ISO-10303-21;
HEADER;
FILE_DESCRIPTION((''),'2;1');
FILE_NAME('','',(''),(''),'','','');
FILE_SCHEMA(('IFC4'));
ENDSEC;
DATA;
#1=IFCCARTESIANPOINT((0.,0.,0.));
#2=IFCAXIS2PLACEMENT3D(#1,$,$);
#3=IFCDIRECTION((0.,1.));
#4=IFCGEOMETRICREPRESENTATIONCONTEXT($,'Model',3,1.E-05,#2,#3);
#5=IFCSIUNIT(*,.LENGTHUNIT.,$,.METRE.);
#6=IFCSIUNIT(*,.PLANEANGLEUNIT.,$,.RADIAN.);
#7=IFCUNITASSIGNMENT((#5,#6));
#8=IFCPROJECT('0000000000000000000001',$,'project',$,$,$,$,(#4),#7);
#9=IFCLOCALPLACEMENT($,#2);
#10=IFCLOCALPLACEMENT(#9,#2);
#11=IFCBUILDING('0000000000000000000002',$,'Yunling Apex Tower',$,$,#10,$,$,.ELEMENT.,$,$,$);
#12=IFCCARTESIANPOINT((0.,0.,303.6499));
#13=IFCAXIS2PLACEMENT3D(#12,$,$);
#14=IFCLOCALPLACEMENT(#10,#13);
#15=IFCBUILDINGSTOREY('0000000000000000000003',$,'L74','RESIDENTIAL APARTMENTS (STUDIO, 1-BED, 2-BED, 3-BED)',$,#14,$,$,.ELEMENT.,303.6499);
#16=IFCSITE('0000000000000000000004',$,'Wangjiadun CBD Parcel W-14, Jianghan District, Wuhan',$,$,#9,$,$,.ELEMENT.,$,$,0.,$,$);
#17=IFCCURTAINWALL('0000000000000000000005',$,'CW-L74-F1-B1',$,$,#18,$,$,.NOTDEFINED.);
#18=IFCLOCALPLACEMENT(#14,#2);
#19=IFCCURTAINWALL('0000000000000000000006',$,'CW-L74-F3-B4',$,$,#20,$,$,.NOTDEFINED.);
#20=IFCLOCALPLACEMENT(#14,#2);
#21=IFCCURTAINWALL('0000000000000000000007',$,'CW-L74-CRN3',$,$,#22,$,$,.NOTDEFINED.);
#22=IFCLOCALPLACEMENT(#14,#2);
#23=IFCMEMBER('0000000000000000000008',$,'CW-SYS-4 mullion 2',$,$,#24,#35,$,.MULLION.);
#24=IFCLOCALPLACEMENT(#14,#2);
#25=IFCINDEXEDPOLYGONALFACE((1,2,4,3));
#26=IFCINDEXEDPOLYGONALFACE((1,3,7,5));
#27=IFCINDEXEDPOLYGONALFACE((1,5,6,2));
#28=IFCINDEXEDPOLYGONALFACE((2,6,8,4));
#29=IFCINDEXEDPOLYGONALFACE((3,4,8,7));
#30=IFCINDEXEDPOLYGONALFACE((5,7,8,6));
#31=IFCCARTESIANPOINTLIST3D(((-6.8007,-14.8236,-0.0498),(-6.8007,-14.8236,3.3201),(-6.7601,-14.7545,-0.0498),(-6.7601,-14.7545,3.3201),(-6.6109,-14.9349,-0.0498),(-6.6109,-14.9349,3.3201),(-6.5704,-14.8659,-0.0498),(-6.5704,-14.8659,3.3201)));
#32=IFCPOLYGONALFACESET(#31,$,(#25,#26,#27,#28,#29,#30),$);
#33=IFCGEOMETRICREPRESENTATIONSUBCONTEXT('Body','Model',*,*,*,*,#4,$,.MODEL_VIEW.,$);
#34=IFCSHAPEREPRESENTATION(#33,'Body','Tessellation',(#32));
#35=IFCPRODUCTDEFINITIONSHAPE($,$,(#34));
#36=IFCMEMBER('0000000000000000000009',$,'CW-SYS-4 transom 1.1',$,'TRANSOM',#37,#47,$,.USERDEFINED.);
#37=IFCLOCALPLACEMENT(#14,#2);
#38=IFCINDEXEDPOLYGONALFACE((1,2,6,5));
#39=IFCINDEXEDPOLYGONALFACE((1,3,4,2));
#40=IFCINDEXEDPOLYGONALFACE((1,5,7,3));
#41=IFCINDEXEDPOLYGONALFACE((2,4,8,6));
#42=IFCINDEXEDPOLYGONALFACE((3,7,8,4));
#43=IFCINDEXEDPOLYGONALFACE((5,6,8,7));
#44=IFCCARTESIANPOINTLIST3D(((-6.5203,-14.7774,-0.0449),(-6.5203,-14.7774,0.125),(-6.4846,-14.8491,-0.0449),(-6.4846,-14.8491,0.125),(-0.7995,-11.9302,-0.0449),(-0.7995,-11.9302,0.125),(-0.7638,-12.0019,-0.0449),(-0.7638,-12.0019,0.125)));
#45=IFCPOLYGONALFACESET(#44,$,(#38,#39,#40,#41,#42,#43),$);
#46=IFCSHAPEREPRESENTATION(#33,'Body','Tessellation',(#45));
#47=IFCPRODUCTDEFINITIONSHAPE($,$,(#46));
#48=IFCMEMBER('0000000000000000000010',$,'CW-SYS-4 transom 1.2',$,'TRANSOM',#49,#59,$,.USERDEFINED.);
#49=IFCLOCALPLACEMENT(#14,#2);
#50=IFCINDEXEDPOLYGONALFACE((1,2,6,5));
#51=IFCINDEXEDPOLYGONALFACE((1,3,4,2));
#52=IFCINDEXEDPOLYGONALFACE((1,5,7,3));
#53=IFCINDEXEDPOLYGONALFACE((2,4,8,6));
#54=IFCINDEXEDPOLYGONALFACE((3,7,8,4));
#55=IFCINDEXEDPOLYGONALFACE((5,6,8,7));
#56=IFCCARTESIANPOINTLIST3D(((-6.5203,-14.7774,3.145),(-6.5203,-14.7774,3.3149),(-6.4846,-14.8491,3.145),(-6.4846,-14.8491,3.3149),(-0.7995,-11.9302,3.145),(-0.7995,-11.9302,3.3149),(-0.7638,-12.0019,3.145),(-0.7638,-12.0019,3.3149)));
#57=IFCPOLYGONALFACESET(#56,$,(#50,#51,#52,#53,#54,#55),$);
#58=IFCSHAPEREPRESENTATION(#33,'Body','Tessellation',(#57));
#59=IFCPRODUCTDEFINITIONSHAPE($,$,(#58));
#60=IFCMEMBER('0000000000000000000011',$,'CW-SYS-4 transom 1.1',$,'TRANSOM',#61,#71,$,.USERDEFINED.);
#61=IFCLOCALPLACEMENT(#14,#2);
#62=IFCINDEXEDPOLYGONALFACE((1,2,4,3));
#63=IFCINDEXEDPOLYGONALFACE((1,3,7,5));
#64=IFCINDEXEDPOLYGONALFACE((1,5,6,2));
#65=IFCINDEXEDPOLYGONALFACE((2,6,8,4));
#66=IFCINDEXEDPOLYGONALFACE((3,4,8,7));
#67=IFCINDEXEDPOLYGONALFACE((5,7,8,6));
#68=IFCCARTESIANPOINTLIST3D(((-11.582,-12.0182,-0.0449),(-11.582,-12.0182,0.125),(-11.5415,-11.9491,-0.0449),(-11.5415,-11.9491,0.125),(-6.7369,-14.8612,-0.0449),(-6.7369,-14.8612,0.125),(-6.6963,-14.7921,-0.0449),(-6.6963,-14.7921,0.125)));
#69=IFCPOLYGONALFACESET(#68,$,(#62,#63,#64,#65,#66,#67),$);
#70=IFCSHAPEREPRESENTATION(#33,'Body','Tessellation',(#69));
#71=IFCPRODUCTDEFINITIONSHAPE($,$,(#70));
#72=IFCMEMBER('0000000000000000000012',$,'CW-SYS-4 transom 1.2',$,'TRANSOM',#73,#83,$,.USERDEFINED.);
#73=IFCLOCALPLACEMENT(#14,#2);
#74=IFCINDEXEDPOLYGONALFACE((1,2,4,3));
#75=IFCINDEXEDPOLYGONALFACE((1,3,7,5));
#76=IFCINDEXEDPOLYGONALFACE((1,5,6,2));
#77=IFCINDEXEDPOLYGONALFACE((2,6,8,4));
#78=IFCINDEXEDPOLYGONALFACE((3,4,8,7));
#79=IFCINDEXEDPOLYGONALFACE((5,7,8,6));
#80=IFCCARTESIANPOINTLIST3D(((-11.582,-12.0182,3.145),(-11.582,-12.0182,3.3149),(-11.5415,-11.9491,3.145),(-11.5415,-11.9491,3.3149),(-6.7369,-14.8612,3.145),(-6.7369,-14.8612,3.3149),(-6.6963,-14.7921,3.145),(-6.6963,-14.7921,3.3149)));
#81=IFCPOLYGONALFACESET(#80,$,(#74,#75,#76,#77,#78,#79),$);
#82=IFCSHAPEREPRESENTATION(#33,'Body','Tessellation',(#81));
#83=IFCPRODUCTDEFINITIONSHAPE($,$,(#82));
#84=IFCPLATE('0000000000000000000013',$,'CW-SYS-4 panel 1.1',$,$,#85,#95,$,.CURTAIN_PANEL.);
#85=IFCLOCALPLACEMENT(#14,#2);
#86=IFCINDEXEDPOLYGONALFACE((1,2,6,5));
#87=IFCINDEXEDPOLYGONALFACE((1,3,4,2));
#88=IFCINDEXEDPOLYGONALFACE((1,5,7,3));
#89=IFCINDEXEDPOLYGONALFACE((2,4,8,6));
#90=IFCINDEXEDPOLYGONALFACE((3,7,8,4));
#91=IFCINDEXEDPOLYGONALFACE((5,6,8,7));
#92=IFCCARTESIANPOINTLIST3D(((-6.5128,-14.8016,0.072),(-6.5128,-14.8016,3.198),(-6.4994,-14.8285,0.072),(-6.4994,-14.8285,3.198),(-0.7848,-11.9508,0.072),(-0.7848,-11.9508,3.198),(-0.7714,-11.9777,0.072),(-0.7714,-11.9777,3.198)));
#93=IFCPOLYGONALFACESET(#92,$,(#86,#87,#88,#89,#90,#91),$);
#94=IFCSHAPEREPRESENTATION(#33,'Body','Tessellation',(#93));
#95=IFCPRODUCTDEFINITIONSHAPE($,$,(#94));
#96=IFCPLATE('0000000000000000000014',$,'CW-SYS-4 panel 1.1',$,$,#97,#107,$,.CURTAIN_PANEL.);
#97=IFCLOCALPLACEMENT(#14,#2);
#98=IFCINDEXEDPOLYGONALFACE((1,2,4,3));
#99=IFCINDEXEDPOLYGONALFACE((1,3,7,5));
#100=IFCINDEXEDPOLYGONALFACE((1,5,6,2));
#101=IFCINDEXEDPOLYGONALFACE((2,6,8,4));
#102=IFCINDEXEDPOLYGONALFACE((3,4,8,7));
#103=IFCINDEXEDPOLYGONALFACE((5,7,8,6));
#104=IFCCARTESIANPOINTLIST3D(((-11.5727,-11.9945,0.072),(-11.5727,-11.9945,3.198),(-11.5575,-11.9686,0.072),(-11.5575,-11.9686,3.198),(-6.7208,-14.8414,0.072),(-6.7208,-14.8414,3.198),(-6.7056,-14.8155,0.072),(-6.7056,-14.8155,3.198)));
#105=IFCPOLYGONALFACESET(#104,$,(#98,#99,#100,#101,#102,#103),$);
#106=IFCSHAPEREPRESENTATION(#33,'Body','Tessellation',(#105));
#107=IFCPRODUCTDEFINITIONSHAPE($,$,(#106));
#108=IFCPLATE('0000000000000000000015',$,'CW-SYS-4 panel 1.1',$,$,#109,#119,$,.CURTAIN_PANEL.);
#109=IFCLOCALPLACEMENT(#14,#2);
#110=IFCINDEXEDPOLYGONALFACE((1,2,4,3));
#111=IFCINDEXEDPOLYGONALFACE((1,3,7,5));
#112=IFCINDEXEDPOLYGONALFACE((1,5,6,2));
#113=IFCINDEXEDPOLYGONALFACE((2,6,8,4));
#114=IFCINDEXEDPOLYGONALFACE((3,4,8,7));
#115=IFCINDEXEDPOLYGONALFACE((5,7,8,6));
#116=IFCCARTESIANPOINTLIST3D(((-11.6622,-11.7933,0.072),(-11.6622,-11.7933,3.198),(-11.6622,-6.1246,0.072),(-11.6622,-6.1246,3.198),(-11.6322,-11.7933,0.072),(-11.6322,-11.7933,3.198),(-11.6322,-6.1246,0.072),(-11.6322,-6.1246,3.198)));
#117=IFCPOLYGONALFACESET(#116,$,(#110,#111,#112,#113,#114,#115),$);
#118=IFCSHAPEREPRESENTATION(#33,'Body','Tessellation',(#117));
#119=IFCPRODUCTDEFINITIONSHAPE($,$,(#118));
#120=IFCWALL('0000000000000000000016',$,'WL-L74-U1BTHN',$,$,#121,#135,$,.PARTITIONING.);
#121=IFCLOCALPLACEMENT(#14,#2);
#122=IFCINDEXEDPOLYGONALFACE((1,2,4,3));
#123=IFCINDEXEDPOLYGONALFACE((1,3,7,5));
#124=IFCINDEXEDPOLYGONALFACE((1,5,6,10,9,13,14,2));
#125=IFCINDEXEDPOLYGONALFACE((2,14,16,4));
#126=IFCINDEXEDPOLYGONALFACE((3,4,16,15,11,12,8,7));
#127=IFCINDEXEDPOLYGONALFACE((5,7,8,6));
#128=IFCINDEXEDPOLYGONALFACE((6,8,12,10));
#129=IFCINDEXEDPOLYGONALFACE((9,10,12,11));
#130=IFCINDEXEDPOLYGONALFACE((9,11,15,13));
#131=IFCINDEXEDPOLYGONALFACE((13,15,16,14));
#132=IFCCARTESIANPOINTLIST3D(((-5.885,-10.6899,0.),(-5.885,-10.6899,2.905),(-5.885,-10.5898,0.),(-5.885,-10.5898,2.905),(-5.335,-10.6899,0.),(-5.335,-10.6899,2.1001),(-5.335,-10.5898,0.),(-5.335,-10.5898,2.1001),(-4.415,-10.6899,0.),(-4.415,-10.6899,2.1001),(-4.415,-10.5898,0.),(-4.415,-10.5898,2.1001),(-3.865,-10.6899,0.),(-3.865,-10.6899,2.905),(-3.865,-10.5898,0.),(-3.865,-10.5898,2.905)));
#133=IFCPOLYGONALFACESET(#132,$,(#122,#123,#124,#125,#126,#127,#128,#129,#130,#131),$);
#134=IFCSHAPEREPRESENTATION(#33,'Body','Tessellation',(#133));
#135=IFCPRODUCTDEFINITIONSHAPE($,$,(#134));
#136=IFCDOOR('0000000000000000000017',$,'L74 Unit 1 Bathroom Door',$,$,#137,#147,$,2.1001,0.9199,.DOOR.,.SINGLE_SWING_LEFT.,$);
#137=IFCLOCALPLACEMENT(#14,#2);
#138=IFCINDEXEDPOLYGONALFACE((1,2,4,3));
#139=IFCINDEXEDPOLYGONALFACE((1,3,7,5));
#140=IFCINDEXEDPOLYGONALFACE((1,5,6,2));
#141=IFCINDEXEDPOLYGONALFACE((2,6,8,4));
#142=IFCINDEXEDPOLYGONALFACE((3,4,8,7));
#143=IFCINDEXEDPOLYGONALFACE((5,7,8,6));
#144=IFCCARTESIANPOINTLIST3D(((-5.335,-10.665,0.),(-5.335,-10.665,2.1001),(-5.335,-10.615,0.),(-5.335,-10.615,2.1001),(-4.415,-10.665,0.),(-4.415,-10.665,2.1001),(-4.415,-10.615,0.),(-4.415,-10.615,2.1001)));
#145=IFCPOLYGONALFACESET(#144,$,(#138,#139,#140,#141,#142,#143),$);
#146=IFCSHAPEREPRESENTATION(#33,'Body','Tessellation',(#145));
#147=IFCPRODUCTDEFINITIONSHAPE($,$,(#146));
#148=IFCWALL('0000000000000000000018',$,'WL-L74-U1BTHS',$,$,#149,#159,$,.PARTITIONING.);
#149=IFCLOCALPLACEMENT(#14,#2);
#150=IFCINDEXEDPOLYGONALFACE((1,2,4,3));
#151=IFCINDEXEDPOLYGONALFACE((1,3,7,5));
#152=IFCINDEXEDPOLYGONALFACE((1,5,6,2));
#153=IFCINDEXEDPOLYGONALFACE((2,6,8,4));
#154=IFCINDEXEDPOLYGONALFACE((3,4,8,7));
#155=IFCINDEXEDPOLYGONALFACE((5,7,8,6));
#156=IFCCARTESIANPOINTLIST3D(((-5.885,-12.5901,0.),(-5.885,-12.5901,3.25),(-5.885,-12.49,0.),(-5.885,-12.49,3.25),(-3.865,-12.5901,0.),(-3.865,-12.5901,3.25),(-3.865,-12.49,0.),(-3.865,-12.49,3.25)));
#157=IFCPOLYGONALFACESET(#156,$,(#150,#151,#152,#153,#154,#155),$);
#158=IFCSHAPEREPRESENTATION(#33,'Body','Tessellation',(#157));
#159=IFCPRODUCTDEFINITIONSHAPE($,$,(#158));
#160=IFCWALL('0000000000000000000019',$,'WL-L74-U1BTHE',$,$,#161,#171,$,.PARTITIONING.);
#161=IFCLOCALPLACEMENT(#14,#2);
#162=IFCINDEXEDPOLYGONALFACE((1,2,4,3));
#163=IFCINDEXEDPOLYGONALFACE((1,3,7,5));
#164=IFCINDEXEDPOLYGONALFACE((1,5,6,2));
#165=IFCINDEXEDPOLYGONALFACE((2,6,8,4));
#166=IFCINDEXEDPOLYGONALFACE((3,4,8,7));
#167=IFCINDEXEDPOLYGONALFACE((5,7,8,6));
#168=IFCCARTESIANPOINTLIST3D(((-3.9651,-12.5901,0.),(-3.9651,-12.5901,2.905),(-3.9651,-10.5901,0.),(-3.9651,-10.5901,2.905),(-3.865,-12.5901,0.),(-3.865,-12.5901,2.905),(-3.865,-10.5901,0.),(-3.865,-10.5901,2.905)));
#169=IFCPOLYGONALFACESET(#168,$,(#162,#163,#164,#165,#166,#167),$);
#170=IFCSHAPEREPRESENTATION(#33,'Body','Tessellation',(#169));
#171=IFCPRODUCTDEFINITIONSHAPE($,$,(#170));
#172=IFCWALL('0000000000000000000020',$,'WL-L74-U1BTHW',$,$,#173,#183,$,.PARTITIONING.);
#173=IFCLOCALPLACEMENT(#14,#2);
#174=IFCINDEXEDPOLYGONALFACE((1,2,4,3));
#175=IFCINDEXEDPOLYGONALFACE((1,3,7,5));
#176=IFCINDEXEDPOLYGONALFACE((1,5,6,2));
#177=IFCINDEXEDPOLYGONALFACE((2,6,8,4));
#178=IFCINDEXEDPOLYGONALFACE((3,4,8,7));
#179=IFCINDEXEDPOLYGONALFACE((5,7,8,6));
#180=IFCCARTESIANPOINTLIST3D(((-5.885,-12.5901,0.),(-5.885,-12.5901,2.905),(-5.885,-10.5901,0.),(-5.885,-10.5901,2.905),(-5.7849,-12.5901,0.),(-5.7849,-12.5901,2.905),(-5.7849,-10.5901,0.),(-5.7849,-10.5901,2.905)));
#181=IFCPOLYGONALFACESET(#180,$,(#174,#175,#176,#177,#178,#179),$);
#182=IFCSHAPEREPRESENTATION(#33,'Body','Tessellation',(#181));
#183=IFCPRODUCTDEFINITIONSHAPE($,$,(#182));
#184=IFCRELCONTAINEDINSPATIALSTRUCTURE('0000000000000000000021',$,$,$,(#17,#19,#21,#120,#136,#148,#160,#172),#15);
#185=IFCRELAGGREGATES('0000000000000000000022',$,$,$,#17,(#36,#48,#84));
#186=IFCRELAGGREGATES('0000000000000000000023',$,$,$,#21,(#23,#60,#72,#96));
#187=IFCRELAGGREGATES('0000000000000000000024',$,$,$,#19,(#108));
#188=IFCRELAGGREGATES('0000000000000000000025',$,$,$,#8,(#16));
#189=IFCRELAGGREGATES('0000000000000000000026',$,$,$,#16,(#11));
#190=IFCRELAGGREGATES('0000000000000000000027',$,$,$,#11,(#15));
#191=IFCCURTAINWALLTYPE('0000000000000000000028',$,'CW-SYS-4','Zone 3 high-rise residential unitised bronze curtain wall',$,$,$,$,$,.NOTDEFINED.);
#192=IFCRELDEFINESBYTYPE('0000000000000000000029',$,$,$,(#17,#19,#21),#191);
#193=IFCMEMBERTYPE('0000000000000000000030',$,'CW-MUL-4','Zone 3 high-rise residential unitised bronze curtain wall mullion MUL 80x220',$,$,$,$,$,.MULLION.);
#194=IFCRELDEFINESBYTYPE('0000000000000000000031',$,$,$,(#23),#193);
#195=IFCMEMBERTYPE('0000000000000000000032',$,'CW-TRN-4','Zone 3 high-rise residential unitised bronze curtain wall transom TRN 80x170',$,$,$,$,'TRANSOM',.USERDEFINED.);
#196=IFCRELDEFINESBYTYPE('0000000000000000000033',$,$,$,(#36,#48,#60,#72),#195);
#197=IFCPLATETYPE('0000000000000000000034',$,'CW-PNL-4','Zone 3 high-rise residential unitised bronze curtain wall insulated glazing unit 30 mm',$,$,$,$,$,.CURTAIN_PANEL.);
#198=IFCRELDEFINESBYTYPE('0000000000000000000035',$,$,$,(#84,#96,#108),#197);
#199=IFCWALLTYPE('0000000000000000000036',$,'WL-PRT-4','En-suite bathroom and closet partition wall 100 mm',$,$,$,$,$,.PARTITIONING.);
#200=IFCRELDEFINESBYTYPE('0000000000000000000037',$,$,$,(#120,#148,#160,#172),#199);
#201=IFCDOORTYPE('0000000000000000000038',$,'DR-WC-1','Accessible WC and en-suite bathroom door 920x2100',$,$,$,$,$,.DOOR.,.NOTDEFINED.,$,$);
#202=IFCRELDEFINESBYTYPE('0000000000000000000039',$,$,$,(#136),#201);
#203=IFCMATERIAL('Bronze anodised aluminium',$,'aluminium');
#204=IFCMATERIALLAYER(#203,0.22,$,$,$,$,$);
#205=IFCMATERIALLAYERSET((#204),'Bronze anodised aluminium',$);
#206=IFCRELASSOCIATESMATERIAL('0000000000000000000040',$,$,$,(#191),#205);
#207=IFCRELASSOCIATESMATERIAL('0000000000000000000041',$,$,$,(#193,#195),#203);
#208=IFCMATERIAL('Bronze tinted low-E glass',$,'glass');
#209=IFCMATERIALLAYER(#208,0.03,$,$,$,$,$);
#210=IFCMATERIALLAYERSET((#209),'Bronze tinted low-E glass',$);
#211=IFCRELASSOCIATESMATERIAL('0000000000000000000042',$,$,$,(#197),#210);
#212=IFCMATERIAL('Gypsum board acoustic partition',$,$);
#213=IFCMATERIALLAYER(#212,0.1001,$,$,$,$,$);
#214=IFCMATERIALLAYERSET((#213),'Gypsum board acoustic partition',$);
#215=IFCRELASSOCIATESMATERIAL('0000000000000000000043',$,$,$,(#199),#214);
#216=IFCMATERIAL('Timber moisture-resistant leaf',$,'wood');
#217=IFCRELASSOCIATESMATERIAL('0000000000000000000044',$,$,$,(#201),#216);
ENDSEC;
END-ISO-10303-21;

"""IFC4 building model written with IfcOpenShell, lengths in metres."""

from ifc_helpers import new_model, si_unit, direction, frame, frame_2d, origin, origin_2d, place, context, subcontext, project, spatial, rectangle, extrude, source, transform, mapped, material, layer, layer_set, material_profile, profile_set, type_object, element, fill, aggregate, save


model = new_model("IFC4")

# Units and contexts
model_context = context("Model", 3, precision=1e-05, world=origin(), true_north=direction((0.0, 1.0)))
body_context = subcontext(model_context, "Body", "Model", "MODEL_VIEW")
ifc_project = project(units=[si_unit("LENGTHUNIT", "METRE"), si_unit("PLANEANGLEUNIT", "RADIAN")], contexts=[model_context])

# Site, building, storey
site_placement = place(None, origin())
site = spatial("IfcSite", under=ifc_project, at=site_placement, Name="Wangjiadun CBD Parcel W-14, Jianghan District, Wuhan", CompositionType="ELEMENT", RefElevation=0.0)
building_placement = place(site_placement, origin())
building = spatial("IfcBuilding", under=site, at=building_placement, Name="Yunling Apex Tower", CompositionType="ELEMENT")
storey_placement = place(building_placement, frame((0.0, 0.0, 303.6499)))
storey = spatial("IfcBuildingStorey", under=building, at=storey_placement, Name="L74", Description="RESIDENTIAL APARTMENTS (STUDIO, 1-BED, 2-BED, 3-BED)", CompositionType="ELEMENT", Elevation=303.6499)

# Curtain walls
ifc_material_1 = material(Name="Bronze anodised aluminium", Category="aluminium")
ifc_layer_1 = layer(ifc_material_1, 0.22)
ifc_layer_set_1 = layer_set([ifc_layer_1], Name="Bronze anodised aluminium")
curtain_wall_type = type_object("IfcCurtainWallType", Name="CW-SYS-4", Description="Zone 3 high-rise residential unitised bronze curtain wall", PredefinedType="NOTDEFINED", material=ifc_layer_set_1)
curtain_wall_1_placement = place(storey_placement, origin())
curtain_wall_1 = element("IfcCurtainWall", 1, at=curtain_wall_1_placement, inside=storey, type_object=curtain_wall_type, Name="CW-L74-F1-B1", PredefinedType="NOTDEFINED")
ifc_material_profile_1 = material_profile(ifc_material_1, rectangle(XDim=0.0801, YDim=0.22, at=origin_2d()))
ifc_profile_set_1 = profile_set([ifc_material_profile_1], Name="Bronze anodised aluminium")
member_type_1 = type_object("IfcMemberType", Name="CW-MUL-4", Description="Zone 3 high-rise residential unitised bronze curtain wall mullion MUL 80x220", PredefinedType="MULLION", material=ifc_profile_set_1)
shared_shape_1 = source(origin(), body_context, "Body", "SweptSolid", [
    extrude(rectangle(XDim=0.0801, YDim=0.22, at=origin_2d()), origin(), (0.0, 0.0, 1.0), 3.3699),
])
curtain_wall_2_placement = place(storey_placement, origin())
curtain_wall_2 = element("IfcCurtainWall", 2, at=curtain_wall_2_placement, inside=storey, type_object=curtain_wall_type, Name="CW-L74-F3-B4", PredefinedType="NOTDEFINED")

# Curtain wall, member
curtain_wall_3_placement = place(storey_placement, origin())
curtain_wall_3 = element("IfcCurtainWall", 3, at=curtain_wall_3_placement, inside=storey, type_object=curtain_wall_type, Name="CW-L74-CRN3", PredefinedType="NOTDEFINED")
member_1_placement = place(storey_placement, frame((-6.6855, -14.8447, -0.0498), z_axis=(0.0, 0.0, 1.0), x_axis=(0.50607, 0.862492, 0.0)))
member_1 = element("IfcMember", 4, at=member_1_placement, type_object=member_type_1, Name="CW-SYS-4 mullion 2", PredefinedType="MULLION", context=body_context, shape_type="MappedRepresentation", body=[
    mapped(shared_shape_1, transform((0.0, 0.0, 0.0), scale=1.0)),
])

# Members
ifc_material_profile_2 = material_profile(ifc_material_1, rectangle(XDim=0.0801, YDim=0.1699, at=origin_2d()))
ifc_profile_set_2 = profile_set([ifc_material_profile_2], Name="Bronze anodised aluminium")
member_type_2 = type_object("IfcMemberType", Name="CW-TRN-4", Description="Zone 3 high-rise residential unitised bronze curtain wall transom TRN 80x170", ElementType="TRANSOM", PredefinedType="USERDEFINED", material=ifc_profile_set_2)
shared_shape_2 = source(origin(), body_context, "Body", "SweptSolid", [
    extrude(rectangle(XDim=0.0801, YDim=0.1699, at=origin_2d()), origin(), (0.0, 0.0, 1.0), 6.3901),
])
member_2_placement = place(storey_placement, frame((-6.5024, -14.8132, 0.04), z_axis=(0.895251, 0.445562, 0.0), x_axis=(-0.445562, 0.895251, 0.0)))
member_2 = element("IfcMember", 5, at=member_2_placement, type_object=member_type_2, Name="CW-SYS-4 transom 1.1", ObjectType="TRANSOM", PredefinedType="USERDEFINED", context=body_context, shape_type="MappedRepresentation", body=[
    mapped(shared_shape_2, transform((0.0, 0.0, 0.0), scale=1.0)),
])
member_3_placement = place(storey_placement, frame((-6.5024, -14.8132, 3.23), z_axis=(0.895251, 0.445562, 0.0), x_axis=(-0.445562, 0.895251, 0.0)))
member_3 = element("IfcMember", 6, at=member_3_placement, type_object=member_type_2, Name="CW-SYS-4 transom 1.2", ObjectType="TRANSOM", PredefinedType="USERDEFINED", context=body_context, shape_type="MappedRepresentation", body=[
    mapped(shared_shape_2, transform((0.0, 0.0, 0.0), scale=1.0)),
])
shared_shape_3 = source(origin(), body_context, "Body", "SweptSolid", [
    extrude(rectangle(XDim=0.0801, YDim=0.1699, at=origin_2d()), origin(), (0.0, 0.0, 1.0), 5.6177),
])
member_4_placement = place(storey_placement, frame((-11.5618, -11.9836, 0.04), z_axis=(0.862487, -0.50608, 0.0), x_axis=(0.50608, 0.862487, 0.0)))
member_4 = element("IfcMember", 7, at=member_4_placement, type_object=member_type_2, Name="CW-SYS-4 transom 1.1", ObjectType="TRANSOM", PredefinedType="USERDEFINED", context=body_context, shape_type="MappedRepresentation", body=[
    mapped(shared_shape_3, transform((0.0, 0.0, 0.0), scale=1.0)),
])
member_5_placement = place(storey_placement, frame((-11.5618, -11.9836, 3.23), z_axis=(0.862487, -0.50608, 0.0), x_axis=(0.50608, 0.862487, 0.0)))
member_5 = element("IfcMember", 8, at=member_5_placement, type_object=member_type_2, Name="CW-SYS-4 transom 1.2", ObjectType="TRANSOM", PredefinedType="USERDEFINED", context=body_context, shape_type="MappedRepresentation", body=[
    mapped(shared_shape_3, transform((0.0, 0.0, 0.0), scale=1.0)),
])

# Plates
ifc_material_2 = material(Name="Bronze tinted low-E glass", Category="glass")
ifc_layer_2 = layer(ifc_material_2, 0.03)
ifc_layer_set_2 = layer_set([ifc_layer_2], Name="Bronze tinted low-E glass")
plate_type = type_object("IfcPlateType", Name="CW-PNL-4", Description="Zone 3 high-rise residential unitised bronze curtain wall insulated glazing unit 30 mm", PredefinedType="CURTAIN_PANEL", material=ifc_layer_set_2)
shared_shape_4 = source(origin(), body_context, "Body", "SweptSolid", [
    extrude(rectangle(XDim=6.3982, YDim=0.03, at=origin_2d()), origin(), (0.0, 0.0, 1.0), 3.126),
])
plate_1_placement = place(storey_placement, frame((-3.6421, -13.3896, 0.072), z_axis=(0.0, 0.0, 1.0), x_axis=(0.895248, 0.445568, 0.0)))
plate_1 = element("IfcPlate", 9, at=plate_1_placement, type_object=plate_type, Name="CW-SYS-4 panel 1.1", PredefinedType="CURTAIN_PANEL", context=body_context, shape_type="MappedRepresentation", body=[
    mapped(shared_shape_4, transform((0.0, 0.0, 0.0), scale=1.0)),
])
aggregate(curtain_wall_1, [member_2, member_3, plate_1])
shared_shape_5 = source(origin(), body_context, "Body", "SweptSolid", [
    extrude(rectangle(XDim=5.6255, YDim=0.03, at=origin_2d()), origin(), (0.0, 0.0, 1.0), 3.126),
])
plate_2_placement = place(storey_placement, frame((-9.1392, -13.405, 0.072), z_axis=(0.0, 0.0, 1.0), x_axis=(0.862492, -0.50607, 0.0)))
plate_2 = element("IfcPlate", 10, at=plate_2_placement, type_object=plate_type, Name="CW-SYS-4 panel 1.1", PredefinedType="CURTAIN_PANEL", context=body_context, shape_type="MappedRepresentation", body=[
    mapped(shared_shape_5, transform((0.0, 0.0, 0.0), scale=1.0)),
])
aggregate(curtain_wall_3, [member_1, member_4, member_5, plate_2])
shared_shape_6 = source(origin(), body_context, "Body", "SweptSolid", [
    extrude(rectangle(XDim=5.6687, YDim=0.03, at=origin_2d()), origin(), (0.0, 0.0, 1.0), 3.126),
])
plate_3_placement = place(storey_placement, frame((-11.6472, -8.959, 0.072), z_axis=(0.0, 0.0, 1.0), x_axis=(0.0, -1.0, 0.0)))
plate_3 = element("IfcPlate", 11, at=plate_3_placement, type_object=plate_type, Name="CW-SYS-4 panel 1.1", PredefinedType="CURTAIN_PANEL", context=body_context, shape_type="MappedRepresentation", body=[
    mapped(shared_shape_6, transform((0.0, 0.0, 0.0), scale=1.0)),
])
aggregate(curtain_wall_2, [plate_3])

# Wall, opening, door
ifc_material_3 = material(Name="Gypsum board acoustic partition")
ifc_layer_3 = layer(ifc_material_3, 0.1001)
ifc_layer_set_3 = layer_set([ifc_layer_3], Name="Gypsum board acoustic partition")
wall_type = type_object("IfcWallType", Name="WL-PRT-4", Description="En-suite bathroom and closet partition wall 100 mm", PredefinedType="PARTITIONING", material=ifc_layer_set_3)
wall_1_placement = place(storey_placement, frame((-5.885, -10.6399, 0.0), z_axis=(0.0, 0.0, 1.0), x_axis=(1.0, 0.0, 0.0)))
wall_1 = element("IfcWall", 12, at=wall_1_placement, inside=storey, type_object=wall_type, Name="WL-L74-U1BTHN", PredefinedType="PARTITIONING", context=body_context, shape_type="SweptSolid", body=[
    extrude(rectangle(XDim=2.02, YDim=0.1001, at=frame_2d((1.01, 0.0))), origin(), (0.0, 0.0, 1.0), 2.905),
])
opening_1_placement = place(wall_1_placement, frame((0.55, 0.0, 0.0)))
opening_1 = element("IfcOpeningElement", 13, at=opening_1_placement, cuts=wall_1, PredefinedType="OPENING", context=body_context, shape_type="SweptSolid", body=[
    extrude(rectangle(XDim=0.9199, YDim=2.1001, at=frame_2d((0.46, 1.05))), frame((0.0, 0.0601, 0.0), z_axis=(0.0, -1.0, 0.0), x_axis=(1.0, 0.0, 0.0)), (0.0, 0.0, 1.0), 0.1201),
])
ifc_material_4 = material(Name="Timber moisture-resistant leaf", Category="wood")
door_type_1 = type_object("IfcDoorType", Name="DR-WC-1", Description="Accessible WC and en-suite bathroom door 920x2100", OperationType="NOTDEFINED", PredefinedType="DOOR", material=ifc_material_4)
door_1_placement = place(opening_1_placement, origin())
door_1 = element("IfcDoor", 14, at=door_1_placement, inside=storey, type_object=door_type_1, Name="L74 Unit 1 Bathroom Door", OperationType="SINGLE_SWING_LEFT", OverallHeight=2.1001, OverallWidth=0.9199, PredefinedType="DOOR", context=body_context, shape_type="SweptSolid", body=[
    extrude(rectangle(XDim=0.9199, YDim=2.1001, at=frame_2d((0.46, 1.05))), frame((0.0, 0.0249, 0.0), z_axis=(0.0, -1.0, 0.0), x_axis=(1.0, 0.0, 0.0)), (0.0, 0.0, 1.0), 0.05),
])
fill(opening_1, door_1)

# Walls
wall_2_placement = place(storey_placement, frame((-3.865, -12.54, 0.0), z_axis=(0.0, 0.0, 1.0), x_axis=(-1.0, 0.0, 0.0)))
element("IfcWall", 15, at=wall_2_placement, inside=storey, type_object=wall_type, Name="WL-L74-U1BTHS", PredefinedType="PARTITIONING", context=body_context, shape_type="SweptSolid", body=[
    extrude(rectangle(XDim=2.02, YDim=0.1001, at=frame_2d((1.01, 0.0))), origin(), (0.0, 0.0, 1.0), 3.25),
])
for number, where, z_axis, x_axis, name in (
    (16, (-3.915, -10.5901, 0.0), (0.0, 0.0, 1.0), (0.0, -1.0, 0.0), "WL-L74-U1BTHE"),
    (17, (-5.835, -12.5901, 0.0), (0.0, 0.0, 1.0), (0.0, 1.0, 0.0), "WL-L74-U1BTHW"),
):
    element("IfcWall", number, at=place(storey_placement, frame(where, z_axis=z_axis, x_axis=x_axis)), inside=storey, type_object=wall_type, Name=name, PredefinedType="PARTITIONING", context=body_context, shape_type="SweptSolid", body=[
        extrude(rectangle(XDim=2.0, YDim=0.1001, at=frame_2d((1.0, 0.0))), origin(), (0.0, 0.0, 1.0), 2.905),
    ])

save(model, "model.ifc")
